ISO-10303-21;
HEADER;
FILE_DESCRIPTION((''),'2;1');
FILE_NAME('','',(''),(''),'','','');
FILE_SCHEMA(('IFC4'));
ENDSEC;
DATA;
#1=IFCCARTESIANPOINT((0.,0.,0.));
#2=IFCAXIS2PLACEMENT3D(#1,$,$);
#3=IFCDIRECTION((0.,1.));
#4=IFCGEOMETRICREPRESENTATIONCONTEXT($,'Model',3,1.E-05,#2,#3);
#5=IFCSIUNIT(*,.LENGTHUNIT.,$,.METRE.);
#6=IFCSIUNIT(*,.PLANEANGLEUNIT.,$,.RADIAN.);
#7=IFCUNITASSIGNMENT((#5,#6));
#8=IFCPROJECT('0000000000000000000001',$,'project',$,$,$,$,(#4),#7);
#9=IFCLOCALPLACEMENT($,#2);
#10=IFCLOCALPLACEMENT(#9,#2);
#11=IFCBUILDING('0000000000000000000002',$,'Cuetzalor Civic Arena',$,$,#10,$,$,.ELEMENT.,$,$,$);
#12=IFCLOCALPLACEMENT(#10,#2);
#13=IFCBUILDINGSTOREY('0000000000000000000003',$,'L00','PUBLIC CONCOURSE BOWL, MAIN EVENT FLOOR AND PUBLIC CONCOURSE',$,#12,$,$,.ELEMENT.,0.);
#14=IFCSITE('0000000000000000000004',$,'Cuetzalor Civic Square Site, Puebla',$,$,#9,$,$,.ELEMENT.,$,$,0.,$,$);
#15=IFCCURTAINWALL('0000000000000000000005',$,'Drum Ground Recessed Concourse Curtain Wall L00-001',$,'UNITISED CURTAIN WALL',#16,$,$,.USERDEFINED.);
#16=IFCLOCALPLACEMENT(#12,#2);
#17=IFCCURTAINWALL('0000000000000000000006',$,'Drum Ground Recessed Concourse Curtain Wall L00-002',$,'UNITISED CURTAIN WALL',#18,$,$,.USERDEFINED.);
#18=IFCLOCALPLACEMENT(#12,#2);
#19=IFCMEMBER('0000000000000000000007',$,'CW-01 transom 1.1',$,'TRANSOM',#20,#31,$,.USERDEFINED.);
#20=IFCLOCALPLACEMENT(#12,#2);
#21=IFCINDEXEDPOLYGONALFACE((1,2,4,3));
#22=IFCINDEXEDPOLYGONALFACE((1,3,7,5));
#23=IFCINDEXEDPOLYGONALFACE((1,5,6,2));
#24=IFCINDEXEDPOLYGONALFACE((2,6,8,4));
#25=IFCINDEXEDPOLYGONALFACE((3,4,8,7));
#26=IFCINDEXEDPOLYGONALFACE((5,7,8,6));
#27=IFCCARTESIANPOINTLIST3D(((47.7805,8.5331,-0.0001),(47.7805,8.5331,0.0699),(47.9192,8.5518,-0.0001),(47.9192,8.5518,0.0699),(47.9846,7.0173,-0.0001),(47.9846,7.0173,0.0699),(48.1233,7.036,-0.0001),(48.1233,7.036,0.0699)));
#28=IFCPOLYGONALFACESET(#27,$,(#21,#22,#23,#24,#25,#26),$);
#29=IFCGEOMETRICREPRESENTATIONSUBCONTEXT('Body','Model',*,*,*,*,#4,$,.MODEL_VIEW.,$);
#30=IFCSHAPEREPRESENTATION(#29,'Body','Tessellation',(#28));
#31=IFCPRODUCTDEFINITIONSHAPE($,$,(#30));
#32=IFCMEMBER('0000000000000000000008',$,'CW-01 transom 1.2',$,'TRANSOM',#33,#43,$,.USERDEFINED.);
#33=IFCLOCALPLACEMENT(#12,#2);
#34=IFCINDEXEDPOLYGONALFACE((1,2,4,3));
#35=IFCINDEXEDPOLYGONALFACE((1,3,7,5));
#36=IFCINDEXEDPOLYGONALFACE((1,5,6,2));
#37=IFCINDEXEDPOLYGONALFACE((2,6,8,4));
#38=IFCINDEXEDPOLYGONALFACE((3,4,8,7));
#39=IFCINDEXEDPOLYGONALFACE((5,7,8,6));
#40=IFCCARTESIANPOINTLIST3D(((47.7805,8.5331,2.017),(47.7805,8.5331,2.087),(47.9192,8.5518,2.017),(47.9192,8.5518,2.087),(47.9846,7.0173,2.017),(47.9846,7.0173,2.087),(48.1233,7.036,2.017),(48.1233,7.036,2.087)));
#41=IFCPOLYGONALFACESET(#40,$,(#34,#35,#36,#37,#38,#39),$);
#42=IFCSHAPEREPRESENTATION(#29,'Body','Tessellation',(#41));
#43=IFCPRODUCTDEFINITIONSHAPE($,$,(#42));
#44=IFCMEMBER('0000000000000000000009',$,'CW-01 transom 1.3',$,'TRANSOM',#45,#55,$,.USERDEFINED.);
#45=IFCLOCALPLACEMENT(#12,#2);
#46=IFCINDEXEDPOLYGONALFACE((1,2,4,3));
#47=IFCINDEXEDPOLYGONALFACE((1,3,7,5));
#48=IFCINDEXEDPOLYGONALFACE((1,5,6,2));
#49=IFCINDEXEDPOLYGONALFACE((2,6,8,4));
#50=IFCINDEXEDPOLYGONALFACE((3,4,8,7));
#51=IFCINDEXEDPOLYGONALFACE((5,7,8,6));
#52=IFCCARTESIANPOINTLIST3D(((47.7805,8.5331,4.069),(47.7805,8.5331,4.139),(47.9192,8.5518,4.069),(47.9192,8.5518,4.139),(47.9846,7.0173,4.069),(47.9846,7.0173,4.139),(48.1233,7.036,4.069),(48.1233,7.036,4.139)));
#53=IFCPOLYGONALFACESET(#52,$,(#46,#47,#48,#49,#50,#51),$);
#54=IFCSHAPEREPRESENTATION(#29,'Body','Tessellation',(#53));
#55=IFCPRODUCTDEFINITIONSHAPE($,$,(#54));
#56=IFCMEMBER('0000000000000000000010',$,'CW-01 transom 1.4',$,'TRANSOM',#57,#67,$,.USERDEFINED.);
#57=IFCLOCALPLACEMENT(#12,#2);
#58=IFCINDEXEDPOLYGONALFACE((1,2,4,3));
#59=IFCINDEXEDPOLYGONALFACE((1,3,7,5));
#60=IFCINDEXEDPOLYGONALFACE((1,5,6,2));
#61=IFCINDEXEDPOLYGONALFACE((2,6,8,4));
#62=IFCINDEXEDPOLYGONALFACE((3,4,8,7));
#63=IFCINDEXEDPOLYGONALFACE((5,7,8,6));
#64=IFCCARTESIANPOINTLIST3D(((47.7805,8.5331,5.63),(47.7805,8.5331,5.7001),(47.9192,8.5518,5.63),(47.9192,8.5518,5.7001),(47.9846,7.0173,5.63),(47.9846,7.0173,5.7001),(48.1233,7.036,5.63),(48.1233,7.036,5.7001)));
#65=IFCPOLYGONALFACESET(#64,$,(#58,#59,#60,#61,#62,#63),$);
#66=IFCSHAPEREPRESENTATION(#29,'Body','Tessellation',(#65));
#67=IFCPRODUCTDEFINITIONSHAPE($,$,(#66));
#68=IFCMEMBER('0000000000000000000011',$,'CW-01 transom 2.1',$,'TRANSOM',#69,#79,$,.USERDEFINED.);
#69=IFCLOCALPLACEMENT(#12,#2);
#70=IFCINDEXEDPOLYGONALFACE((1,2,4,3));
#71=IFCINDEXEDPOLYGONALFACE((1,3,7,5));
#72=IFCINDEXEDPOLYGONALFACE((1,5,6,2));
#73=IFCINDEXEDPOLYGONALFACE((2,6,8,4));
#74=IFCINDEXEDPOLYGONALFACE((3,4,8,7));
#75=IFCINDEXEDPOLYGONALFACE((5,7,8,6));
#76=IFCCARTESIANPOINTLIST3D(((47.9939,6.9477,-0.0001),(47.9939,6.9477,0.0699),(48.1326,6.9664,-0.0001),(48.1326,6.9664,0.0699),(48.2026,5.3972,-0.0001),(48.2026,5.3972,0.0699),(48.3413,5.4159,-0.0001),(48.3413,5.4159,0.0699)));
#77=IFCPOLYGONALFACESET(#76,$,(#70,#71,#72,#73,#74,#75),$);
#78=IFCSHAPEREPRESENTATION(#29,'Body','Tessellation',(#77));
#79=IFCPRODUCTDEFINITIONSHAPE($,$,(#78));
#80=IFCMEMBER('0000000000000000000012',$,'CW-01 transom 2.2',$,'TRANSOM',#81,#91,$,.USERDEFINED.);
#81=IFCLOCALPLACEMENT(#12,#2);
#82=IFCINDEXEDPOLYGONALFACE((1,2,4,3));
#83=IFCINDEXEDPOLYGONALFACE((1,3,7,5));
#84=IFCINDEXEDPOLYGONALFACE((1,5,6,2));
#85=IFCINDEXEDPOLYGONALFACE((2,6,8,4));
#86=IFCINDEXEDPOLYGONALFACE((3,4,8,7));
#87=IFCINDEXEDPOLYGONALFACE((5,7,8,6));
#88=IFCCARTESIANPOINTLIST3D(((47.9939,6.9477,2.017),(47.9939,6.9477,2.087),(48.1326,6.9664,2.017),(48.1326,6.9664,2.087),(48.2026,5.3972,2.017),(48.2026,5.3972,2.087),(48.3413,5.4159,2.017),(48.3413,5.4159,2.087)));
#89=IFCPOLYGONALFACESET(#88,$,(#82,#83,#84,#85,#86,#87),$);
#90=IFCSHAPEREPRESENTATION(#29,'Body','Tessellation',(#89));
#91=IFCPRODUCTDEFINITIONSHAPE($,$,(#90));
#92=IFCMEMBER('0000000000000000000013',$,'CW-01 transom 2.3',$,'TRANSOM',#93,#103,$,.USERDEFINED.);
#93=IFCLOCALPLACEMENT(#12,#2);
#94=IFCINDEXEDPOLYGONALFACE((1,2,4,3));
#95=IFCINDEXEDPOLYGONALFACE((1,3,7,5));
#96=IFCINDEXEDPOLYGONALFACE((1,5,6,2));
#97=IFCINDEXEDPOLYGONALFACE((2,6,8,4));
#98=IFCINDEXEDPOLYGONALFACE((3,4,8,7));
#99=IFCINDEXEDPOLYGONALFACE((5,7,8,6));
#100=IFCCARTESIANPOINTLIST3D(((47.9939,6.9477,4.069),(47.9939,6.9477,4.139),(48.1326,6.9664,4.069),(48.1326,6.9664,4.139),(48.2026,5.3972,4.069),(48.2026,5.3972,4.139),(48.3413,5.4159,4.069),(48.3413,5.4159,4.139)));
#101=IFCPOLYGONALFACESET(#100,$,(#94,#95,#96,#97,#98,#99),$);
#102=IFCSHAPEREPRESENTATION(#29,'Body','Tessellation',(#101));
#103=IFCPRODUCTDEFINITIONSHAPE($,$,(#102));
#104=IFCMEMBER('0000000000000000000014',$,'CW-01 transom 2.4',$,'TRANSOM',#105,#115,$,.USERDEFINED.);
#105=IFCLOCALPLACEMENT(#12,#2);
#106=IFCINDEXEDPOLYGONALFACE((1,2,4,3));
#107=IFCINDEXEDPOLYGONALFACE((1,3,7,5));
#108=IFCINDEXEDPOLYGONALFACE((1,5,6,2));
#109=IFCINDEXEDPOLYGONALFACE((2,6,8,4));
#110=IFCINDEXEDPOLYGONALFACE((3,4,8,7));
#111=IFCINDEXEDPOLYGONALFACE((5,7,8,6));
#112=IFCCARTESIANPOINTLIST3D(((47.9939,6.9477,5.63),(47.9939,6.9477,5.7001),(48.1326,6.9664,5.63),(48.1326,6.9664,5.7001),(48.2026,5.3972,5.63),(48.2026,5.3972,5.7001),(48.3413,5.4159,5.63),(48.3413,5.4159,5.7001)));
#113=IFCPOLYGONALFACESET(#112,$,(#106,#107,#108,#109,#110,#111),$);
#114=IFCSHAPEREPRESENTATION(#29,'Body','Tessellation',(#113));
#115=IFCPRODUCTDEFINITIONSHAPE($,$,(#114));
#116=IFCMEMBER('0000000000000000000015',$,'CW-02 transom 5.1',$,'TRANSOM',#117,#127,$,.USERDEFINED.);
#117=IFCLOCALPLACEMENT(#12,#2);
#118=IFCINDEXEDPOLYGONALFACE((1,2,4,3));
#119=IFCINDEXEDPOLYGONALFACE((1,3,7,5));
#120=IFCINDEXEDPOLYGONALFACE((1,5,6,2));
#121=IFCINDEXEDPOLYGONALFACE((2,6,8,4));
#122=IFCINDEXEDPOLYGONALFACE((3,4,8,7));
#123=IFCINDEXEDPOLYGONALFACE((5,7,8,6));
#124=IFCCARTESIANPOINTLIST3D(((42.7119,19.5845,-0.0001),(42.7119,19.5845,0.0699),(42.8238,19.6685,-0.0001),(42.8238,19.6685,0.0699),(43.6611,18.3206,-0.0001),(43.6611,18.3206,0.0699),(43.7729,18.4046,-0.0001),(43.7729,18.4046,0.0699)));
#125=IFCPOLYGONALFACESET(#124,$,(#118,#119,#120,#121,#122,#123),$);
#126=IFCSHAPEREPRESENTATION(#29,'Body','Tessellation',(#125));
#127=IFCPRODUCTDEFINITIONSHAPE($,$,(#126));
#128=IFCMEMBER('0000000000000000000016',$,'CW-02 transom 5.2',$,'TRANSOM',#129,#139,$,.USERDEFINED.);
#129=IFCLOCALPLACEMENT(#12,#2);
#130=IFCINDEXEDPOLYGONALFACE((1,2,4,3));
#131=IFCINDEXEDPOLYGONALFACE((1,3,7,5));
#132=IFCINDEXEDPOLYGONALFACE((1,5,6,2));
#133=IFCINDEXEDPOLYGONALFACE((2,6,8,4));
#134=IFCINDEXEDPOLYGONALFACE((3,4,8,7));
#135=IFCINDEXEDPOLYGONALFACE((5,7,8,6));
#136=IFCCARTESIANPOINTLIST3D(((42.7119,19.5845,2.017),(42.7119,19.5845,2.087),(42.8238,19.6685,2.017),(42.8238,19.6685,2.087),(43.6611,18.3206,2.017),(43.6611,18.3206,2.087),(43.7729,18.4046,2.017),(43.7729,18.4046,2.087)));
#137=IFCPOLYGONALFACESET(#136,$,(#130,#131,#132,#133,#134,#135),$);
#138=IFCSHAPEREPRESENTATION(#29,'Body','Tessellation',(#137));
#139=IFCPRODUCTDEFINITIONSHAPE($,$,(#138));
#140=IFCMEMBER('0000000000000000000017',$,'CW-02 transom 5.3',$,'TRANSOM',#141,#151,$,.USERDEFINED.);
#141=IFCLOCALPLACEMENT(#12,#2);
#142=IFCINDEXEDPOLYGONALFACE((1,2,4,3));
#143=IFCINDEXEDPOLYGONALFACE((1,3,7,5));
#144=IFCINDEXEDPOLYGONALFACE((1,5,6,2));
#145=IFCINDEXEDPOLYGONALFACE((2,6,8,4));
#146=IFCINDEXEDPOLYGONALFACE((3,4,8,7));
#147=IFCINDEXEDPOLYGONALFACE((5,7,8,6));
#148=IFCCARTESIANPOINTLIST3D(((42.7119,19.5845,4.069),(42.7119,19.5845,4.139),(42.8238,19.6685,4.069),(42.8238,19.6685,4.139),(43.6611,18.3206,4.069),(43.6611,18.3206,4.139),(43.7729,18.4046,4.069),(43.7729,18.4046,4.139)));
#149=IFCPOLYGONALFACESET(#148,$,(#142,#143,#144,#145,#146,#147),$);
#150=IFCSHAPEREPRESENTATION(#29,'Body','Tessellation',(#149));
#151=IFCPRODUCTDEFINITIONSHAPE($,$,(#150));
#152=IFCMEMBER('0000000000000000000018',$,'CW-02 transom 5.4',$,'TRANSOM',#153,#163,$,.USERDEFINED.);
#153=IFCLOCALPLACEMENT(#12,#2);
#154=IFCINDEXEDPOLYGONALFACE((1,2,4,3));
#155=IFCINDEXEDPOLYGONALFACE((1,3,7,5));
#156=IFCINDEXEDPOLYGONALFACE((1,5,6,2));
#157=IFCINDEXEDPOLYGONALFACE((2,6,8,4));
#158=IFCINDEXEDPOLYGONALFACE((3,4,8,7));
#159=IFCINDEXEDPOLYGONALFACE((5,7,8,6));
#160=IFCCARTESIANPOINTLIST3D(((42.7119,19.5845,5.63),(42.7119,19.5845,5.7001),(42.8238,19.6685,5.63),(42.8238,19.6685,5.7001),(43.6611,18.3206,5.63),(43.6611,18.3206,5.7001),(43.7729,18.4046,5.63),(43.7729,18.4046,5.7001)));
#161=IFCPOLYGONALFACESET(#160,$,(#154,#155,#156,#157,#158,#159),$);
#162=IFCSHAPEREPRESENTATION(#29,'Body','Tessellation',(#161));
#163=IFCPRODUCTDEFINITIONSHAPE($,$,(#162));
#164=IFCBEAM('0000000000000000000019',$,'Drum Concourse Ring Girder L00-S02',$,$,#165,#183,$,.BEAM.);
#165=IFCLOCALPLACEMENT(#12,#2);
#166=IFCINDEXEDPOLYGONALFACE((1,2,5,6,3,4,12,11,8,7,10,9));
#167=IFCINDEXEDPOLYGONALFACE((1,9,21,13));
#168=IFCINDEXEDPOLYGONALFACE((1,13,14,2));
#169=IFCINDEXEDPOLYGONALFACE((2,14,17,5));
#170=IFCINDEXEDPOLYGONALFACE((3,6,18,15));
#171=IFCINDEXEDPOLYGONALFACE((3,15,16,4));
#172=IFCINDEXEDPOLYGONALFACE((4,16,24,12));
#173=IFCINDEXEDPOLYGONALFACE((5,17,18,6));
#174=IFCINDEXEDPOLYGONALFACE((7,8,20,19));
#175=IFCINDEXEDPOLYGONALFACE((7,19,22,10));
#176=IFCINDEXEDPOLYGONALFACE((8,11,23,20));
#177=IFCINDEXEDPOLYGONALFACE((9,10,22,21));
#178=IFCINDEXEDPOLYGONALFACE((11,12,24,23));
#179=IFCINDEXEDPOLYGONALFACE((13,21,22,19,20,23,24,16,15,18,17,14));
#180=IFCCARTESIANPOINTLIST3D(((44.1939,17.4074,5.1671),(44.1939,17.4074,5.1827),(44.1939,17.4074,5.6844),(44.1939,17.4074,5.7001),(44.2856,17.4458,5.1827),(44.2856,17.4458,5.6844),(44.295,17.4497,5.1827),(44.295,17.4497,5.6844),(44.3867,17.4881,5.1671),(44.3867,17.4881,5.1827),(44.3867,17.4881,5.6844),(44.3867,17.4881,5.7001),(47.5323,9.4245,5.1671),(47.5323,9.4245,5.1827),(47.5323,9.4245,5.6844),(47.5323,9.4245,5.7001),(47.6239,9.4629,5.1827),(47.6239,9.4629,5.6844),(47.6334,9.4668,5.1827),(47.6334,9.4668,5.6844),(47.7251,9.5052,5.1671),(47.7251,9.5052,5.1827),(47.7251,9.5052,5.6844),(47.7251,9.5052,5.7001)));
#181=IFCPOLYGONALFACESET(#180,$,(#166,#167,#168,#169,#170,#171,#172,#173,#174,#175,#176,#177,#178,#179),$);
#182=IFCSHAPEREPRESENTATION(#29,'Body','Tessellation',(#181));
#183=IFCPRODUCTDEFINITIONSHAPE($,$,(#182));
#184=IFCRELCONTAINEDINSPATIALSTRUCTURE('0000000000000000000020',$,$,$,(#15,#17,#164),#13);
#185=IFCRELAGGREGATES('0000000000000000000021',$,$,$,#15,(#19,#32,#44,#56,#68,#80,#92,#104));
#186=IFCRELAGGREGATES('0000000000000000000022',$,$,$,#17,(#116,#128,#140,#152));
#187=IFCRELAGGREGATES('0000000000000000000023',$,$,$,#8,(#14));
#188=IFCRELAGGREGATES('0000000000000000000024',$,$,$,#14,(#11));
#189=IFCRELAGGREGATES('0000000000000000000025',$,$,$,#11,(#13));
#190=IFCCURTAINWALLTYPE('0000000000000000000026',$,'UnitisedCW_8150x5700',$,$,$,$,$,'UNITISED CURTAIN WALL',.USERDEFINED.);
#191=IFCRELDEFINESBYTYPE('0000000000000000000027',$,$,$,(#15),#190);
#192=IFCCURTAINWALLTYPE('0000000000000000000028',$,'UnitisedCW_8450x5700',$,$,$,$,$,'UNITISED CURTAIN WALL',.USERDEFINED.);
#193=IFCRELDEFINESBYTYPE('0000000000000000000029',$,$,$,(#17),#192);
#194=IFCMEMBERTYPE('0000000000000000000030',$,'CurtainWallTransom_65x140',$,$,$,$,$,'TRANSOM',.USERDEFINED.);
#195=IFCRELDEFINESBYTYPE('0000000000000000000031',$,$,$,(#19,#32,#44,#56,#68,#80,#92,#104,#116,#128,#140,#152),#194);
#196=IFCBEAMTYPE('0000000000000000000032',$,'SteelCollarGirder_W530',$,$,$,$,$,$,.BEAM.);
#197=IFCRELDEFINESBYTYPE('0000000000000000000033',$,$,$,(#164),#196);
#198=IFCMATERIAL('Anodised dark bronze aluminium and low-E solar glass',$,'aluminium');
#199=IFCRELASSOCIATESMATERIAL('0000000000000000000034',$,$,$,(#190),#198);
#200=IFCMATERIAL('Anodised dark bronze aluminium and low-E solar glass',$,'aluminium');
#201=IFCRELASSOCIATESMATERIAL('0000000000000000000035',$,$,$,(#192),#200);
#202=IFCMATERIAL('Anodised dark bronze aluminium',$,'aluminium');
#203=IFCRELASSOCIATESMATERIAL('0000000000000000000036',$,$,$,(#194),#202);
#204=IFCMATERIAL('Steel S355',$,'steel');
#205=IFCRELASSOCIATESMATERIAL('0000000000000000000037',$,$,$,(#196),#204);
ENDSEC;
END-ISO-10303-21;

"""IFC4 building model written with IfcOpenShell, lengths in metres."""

from ifc_helpers import new_model, si_unit, direction, frame, origin, origin_2d, place, context, subcontext, project, spatial, rectangle, i_section, extrude, material, material_profile, profile_set, type_object, element, aggregate, save


model = new_model("IFC4")

# Units and contexts
model_context = context("Model", 3, precision=1e-05, world=origin(), true_north=direction((0.0, 1.0)))
body_context = subcontext(model_context, "Body", "Model", "MODEL_VIEW")
ifc_project = project(units=[si_unit("LENGTHUNIT", "METRE"), si_unit("PLANEANGLEUNIT", "RADIAN")], contexts=[model_context])

# Site, building, storey
site_placement = place(None, origin())
site = spatial("IfcSite", under=ifc_project, at=site_placement, Name="Cuetzalor Civic Square Site, Puebla", CompositionType="ELEMENT", RefElevation=0.0)
building_placement = place(site_placement, origin())
building = spatial("IfcBuilding", under=site, at=building_placement, Name="Cuetzalor Civic Arena", CompositionType="ELEMENT")
storey_placement = place(building_placement, origin())
storey = spatial("IfcBuildingStorey", under=building, at=storey_placement, Name="L00", Description="PUBLIC CONCOURSE BOWL, MAIN EVENT FLOOR AND PUBLIC CONCOURSE", CompositionType="ELEMENT", Elevation=0.0)

# Curtain walls
ifc_material_1 = material(Name="Anodised dark bronze aluminium and low-E solar glass", Category="aluminium")
curtain_wall_type_1 = type_object("IfcCurtainWallType", Name="UnitisedCW_8150x5700", ElementType="UNITISED CURTAIN WALL", PredefinedType="USERDEFINED", material=ifc_material_1)
curtain_wall_1_placement = place(storey_placement, origin())
curtain_wall_1 = element("IfcCurtainWall", 1, at=curtain_wall_1_placement, inside=storey, type_object=curtain_wall_type_1, Name="Drum Ground Recessed Concourse Curtain Wall L00-001", ObjectType="UNITISED CURTAIN WALL", PredefinedType="USERDEFINED")
ifc_material_2 = material(Name="Anodised dark bronze aluminium and low-E solar glass", Category="aluminium")
curtain_wall_type_2 = type_object("IfcCurtainWallType", Name="UnitisedCW_8450x5700", ElementType="UNITISED CURTAIN WALL", PredefinedType="USERDEFINED", material=ifc_material_2)
curtain_wall_2_placement = place(storey_placement, origin())
curtain_wall_2 = element("IfcCurtainWall", 2, at=curtain_wall_2_placement, inside=storey, type_object=curtain_wall_type_2, Name="Drum Ground Recessed Concourse Curtain Wall L00-002", ObjectType="UNITISED CURTAIN WALL", PredefinedType="USERDEFINED")

# Members
ifc_material_3 = material(Name="Anodised dark bronze aluminium", Category="aluminium")
ifc_material_profile_1 = material_profile(ifc_material_3, rectangle(XDim=0.1399, YDim=0.0701, at=origin_2d()), Name="ALU TRANSOM 70x140")
ifc_profile_set_1 = profile_set([ifc_material_profile_1], Name="Anodised dark bronze aluminium")
member_type_1 = type_object("IfcMemberType", Name="CurtainWallTransom_65x140", ElementType="TRANSOM", PredefinedType="USERDEFINED", material=ifc_profile_set_1)
member_1_placement = place(storey_placement, frame((47.8499, 8.5425, 0.0349), z_axis=(0.133439, -0.991057, 0.0), x_axis=(0.991057, 0.133439, 0.0)))
member_1 = element("IfcMember", 3, at=member_1_placement, type_object=member_type_1, Name="CW-01 transom 1.1", ObjectType="TRANSOM", PredefinedType="USERDEFINED", context=body_context, shape_type="SweptSolid", body=[
    extrude(rectangle(XDim=0.1399, YDim=0.0701, at=origin_2d()), origin(), (0.0, 0.0, 1.0), 1.5295),
])
member_2_placement = place(storey_placement, frame((47.8499, 8.5425, 2.052), z_axis=(0.133439, -0.991057, 0.0), x_axis=(0.991057, 0.133439, 0.0)))
member_2 = element("IfcMember", 4, at=member_2_placement, type_object=member_type_1, Name="CW-01 transom 1.2", ObjectType="TRANSOM", PredefinedType="USERDEFINED", context=body_context, shape_type="SweptSolid", body=[
    extrude(rectangle(XDim=0.1399, YDim=0.0701, at=origin_2d()), origin(), (0.0, 0.0, 1.0), 1.5295),
])
member_3_placement = place(storey_placement, frame((47.8499, 8.5425, 4.104), z_axis=(0.133439, -0.991057, 0.0), x_axis=(0.991057, 0.133439, 0.0)))
member_3 = element("IfcMember", 5, at=member_3_placement, type_object=member_type_1, Name="CW-01 transom 1.3", ObjectType="TRANSOM", PredefinedType="USERDEFINED", context=body_context, shape_type="SweptSolid", body=[
    extrude(rectangle(XDim=0.1399, YDim=0.0701, at=origin_2d()), origin(), (0.0, 0.0, 1.0), 1.5295),
])
member_4_placement = place(storey_placement, frame((47.8499, 8.5425, 5.665), z_axis=(0.133439, -0.991057, 0.0), x_axis=(0.991057, 0.133439, 0.0)))
member_4 = element("IfcMember", 6, at=member_4_placement, type_object=member_type_1, Name="CW-01 transom 1.4", ObjectType="TRANSOM", PredefinedType="USERDEFINED", context=body_context, shape_type="SweptSolid", body=[
    extrude(rectangle(XDim=0.1399, YDim=0.0701, at=origin_2d()), origin(), (0.0, 0.0, 1.0), 1.5295),
])
member_5_placement = place(storey_placement, frame((48.0632, 6.957, 0.0349), z_axis=(0.133421, -0.991059, 0.0), x_axis=(0.991059, 0.133421, 0.0)))
member_5 = element("IfcMember", 7, at=member_5_placement, type_object=member_type_1, Name="CW-01 transom 2.1", ObjectType="TRANSOM", PredefinedType="USERDEFINED", context=body_context, shape_type="SweptSolid", body=[
    extrude(rectangle(XDim=0.1399, YDim=0.0701, at=origin_2d()), origin(), (0.0, 0.0, 1.0), 1.5645),
])
member_6_placement = place(storey_placement, frame((48.0632, 6.957, 2.052), z_axis=(0.133421, -0.991059, 0.0), x_axis=(0.991059, 0.133421, 0.0)))
member_6 = element("IfcMember", 8, at=member_6_placement, type_object=member_type_1, Name="CW-01 transom 2.2", ObjectType="TRANSOM", PredefinedType="USERDEFINED", context=body_context, shape_type="SweptSolid", body=[
    extrude(rectangle(XDim=0.1399, YDim=0.0701, at=origin_2d()), origin(), (0.0, 0.0, 1.0), 1.5645),
])
member_7_placement = place(storey_placement, frame((48.0632, 6.957, 4.104), z_axis=(0.133421, -0.991059, 0.0), x_axis=(0.991059, 0.133421, 0.0)))
member_7 = element("IfcMember", 9, at=member_7_placement, type_object=member_type_1, Name="CW-01 transom 2.3", ObjectType="TRANSOM", PredefinedType="USERDEFINED", context=body_context, shape_type="SweptSolid", body=[
    extrude(rectangle(XDim=0.1399, YDim=0.0701, at=origin_2d()), origin(), (0.0, 0.0, 1.0), 1.5645),
])
member_8_placement = place(storey_placement, frame((48.0632, 6.957, 5.665), z_axis=(0.133421, -0.991059, 0.0), x_axis=(0.991059, 0.133421, 0.0)))
member_8 = element("IfcMember", 10, at=member_8_placement, type_object=member_type_1, Name="CW-01 transom 2.4", ObjectType="TRANSOM", PredefinedType="USERDEFINED", context=body_context, shape_type="SweptSolid", body=[
    extrude(rectangle(XDim=0.1399, YDim=0.0701, at=origin_2d()), origin(), (0.0, 0.0, 1.0), 1.5645),
])
member_9_placement = place(storey_placement, frame((42.7678, 19.6265, 0.0349), z_axis=(0.600519, -0.799611, 0.0), x_axis=(0.799611, 0.600519, 0.0)))
member_9 = element("IfcMember", 11, at=member_9_placement, type_object=member_type_1, Name="CW-02 transom 5.1", ObjectType="TRANSOM", PredefinedType="USERDEFINED", context=body_context, shape_type="SweptSolid", body=[
    extrude(rectangle(XDim=0.1399, YDim=0.0701, at=origin_2d()), origin(), (0.0, 0.0, 1.0), 1.5806),
])
member_10_placement = place(storey_placement, frame((42.7678, 19.6265, 2.052), z_axis=(0.600519, -0.799611, 0.0), x_axis=(0.799611, 0.600519, 0.0)))
member_10 = element("IfcMember", 12, at=member_10_placement, type_object=member_type_1, Name="CW-02 transom 5.2", ObjectType="TRANSOM", PredefinedType="USERDEFINED", context=body_context, shape_type="SweptSolid", body=[
    extrude(rectangle(XDim=0.1399, YDim=0.0701, at=origin_2d()), origin(), (0.0, 0.0, 1.0), 1.5806),
])
member_11_placement = place(storey_placement, frame((42.7678, 19.6265, 4.104), z_axis=(0.600519, -0.799611, 0.0), x_axis=(0.799611, 0.600519, 0.0)))
member_11 = element("IfcMember", 13, at=member_11_placement, type_object=member_type_1, Name="CW-02 transom 5.3", ObjectType="TRANSOM", PredefinedType="USERDEFINED", context=body_context, shape_type="SweptSolid", body=[
    extrude(rectangle(XDim=0.1399, YDim=0.0701, at=origin_2d()), origin(), (0.0, 0.0, 1.0), 1.5806),
])
member_12_placement = place(storey_placement, frame((42.7678, 19.6265, 5.665), z_axis=(0.600519, -0.799611, 0.0), x_axis=(0.799611, 0.600519, 0.0)))
member_12 = element("IfcMember", 14, at=member_12_placement, type_object=member_type_1, Name="CW-02 transom 5.4", ObjectType="TRANSOM", PredefinedType="USERDEFINED", context=body_context, shape_type="SweptSolid", body=[
    extrude(rectangle(XDim=0.1399, YDim=0.0701, at=origin_2d()), origin(), (0.0, 0.0, 1.0), 1.5806),
])

# Beam
ifc_material_4 = material(Name="Steel S355", Category="steel")
ifc_material_profile_2 = material_profile(ifc_material_4, i_section(OverallWidth=0.209, OverallDepth=0.533, WebThickness=0.0103, FlangeThickness=0.0156, at=origin_2d()), Name="W530x92")
ifc_profile_set_2 = profile_set([ifc_material_profile_2], Name="Steel S355")
beam_type_1 = type_object("IfcBeamType", Name="SteelCollarGirder_W530", PredefinedType="BEAM", material=ifc_profile_set_2)
beam_1_placement = place(storey_placement, frame((47.6287, 9.4648, 5.4336), z_axis=(-0.385813, 0.922577, 0.0), x_axis=(-0.922577, -0.385813, 0.0)))
element("IfcBeam", 15, at=beam_1_placement, inside=storey, type_object=beam_type_1, Name="Drum Concourse Ring Girder L00-S02", PredefinedType="BEAM", context=body_context, shape_type="SweptSolid", body=[
    extrude(i_section(OverallWidth=0.209, OverallDepth=0.533, WebThickness=0.0103, FlangeThickness=0.0156, at=origin_2d()), origin(), (0.0, 0.0, 1.0), 8.6528),
])

aggregate(curtain_wall_1, [member_1, member_2, member_3, member_4, member_5, member_6, member_7, member_8])
aggregate(curtain_wall_2, [member_9, member_10, member_11, member_12])

save(model, "model.ifc")
